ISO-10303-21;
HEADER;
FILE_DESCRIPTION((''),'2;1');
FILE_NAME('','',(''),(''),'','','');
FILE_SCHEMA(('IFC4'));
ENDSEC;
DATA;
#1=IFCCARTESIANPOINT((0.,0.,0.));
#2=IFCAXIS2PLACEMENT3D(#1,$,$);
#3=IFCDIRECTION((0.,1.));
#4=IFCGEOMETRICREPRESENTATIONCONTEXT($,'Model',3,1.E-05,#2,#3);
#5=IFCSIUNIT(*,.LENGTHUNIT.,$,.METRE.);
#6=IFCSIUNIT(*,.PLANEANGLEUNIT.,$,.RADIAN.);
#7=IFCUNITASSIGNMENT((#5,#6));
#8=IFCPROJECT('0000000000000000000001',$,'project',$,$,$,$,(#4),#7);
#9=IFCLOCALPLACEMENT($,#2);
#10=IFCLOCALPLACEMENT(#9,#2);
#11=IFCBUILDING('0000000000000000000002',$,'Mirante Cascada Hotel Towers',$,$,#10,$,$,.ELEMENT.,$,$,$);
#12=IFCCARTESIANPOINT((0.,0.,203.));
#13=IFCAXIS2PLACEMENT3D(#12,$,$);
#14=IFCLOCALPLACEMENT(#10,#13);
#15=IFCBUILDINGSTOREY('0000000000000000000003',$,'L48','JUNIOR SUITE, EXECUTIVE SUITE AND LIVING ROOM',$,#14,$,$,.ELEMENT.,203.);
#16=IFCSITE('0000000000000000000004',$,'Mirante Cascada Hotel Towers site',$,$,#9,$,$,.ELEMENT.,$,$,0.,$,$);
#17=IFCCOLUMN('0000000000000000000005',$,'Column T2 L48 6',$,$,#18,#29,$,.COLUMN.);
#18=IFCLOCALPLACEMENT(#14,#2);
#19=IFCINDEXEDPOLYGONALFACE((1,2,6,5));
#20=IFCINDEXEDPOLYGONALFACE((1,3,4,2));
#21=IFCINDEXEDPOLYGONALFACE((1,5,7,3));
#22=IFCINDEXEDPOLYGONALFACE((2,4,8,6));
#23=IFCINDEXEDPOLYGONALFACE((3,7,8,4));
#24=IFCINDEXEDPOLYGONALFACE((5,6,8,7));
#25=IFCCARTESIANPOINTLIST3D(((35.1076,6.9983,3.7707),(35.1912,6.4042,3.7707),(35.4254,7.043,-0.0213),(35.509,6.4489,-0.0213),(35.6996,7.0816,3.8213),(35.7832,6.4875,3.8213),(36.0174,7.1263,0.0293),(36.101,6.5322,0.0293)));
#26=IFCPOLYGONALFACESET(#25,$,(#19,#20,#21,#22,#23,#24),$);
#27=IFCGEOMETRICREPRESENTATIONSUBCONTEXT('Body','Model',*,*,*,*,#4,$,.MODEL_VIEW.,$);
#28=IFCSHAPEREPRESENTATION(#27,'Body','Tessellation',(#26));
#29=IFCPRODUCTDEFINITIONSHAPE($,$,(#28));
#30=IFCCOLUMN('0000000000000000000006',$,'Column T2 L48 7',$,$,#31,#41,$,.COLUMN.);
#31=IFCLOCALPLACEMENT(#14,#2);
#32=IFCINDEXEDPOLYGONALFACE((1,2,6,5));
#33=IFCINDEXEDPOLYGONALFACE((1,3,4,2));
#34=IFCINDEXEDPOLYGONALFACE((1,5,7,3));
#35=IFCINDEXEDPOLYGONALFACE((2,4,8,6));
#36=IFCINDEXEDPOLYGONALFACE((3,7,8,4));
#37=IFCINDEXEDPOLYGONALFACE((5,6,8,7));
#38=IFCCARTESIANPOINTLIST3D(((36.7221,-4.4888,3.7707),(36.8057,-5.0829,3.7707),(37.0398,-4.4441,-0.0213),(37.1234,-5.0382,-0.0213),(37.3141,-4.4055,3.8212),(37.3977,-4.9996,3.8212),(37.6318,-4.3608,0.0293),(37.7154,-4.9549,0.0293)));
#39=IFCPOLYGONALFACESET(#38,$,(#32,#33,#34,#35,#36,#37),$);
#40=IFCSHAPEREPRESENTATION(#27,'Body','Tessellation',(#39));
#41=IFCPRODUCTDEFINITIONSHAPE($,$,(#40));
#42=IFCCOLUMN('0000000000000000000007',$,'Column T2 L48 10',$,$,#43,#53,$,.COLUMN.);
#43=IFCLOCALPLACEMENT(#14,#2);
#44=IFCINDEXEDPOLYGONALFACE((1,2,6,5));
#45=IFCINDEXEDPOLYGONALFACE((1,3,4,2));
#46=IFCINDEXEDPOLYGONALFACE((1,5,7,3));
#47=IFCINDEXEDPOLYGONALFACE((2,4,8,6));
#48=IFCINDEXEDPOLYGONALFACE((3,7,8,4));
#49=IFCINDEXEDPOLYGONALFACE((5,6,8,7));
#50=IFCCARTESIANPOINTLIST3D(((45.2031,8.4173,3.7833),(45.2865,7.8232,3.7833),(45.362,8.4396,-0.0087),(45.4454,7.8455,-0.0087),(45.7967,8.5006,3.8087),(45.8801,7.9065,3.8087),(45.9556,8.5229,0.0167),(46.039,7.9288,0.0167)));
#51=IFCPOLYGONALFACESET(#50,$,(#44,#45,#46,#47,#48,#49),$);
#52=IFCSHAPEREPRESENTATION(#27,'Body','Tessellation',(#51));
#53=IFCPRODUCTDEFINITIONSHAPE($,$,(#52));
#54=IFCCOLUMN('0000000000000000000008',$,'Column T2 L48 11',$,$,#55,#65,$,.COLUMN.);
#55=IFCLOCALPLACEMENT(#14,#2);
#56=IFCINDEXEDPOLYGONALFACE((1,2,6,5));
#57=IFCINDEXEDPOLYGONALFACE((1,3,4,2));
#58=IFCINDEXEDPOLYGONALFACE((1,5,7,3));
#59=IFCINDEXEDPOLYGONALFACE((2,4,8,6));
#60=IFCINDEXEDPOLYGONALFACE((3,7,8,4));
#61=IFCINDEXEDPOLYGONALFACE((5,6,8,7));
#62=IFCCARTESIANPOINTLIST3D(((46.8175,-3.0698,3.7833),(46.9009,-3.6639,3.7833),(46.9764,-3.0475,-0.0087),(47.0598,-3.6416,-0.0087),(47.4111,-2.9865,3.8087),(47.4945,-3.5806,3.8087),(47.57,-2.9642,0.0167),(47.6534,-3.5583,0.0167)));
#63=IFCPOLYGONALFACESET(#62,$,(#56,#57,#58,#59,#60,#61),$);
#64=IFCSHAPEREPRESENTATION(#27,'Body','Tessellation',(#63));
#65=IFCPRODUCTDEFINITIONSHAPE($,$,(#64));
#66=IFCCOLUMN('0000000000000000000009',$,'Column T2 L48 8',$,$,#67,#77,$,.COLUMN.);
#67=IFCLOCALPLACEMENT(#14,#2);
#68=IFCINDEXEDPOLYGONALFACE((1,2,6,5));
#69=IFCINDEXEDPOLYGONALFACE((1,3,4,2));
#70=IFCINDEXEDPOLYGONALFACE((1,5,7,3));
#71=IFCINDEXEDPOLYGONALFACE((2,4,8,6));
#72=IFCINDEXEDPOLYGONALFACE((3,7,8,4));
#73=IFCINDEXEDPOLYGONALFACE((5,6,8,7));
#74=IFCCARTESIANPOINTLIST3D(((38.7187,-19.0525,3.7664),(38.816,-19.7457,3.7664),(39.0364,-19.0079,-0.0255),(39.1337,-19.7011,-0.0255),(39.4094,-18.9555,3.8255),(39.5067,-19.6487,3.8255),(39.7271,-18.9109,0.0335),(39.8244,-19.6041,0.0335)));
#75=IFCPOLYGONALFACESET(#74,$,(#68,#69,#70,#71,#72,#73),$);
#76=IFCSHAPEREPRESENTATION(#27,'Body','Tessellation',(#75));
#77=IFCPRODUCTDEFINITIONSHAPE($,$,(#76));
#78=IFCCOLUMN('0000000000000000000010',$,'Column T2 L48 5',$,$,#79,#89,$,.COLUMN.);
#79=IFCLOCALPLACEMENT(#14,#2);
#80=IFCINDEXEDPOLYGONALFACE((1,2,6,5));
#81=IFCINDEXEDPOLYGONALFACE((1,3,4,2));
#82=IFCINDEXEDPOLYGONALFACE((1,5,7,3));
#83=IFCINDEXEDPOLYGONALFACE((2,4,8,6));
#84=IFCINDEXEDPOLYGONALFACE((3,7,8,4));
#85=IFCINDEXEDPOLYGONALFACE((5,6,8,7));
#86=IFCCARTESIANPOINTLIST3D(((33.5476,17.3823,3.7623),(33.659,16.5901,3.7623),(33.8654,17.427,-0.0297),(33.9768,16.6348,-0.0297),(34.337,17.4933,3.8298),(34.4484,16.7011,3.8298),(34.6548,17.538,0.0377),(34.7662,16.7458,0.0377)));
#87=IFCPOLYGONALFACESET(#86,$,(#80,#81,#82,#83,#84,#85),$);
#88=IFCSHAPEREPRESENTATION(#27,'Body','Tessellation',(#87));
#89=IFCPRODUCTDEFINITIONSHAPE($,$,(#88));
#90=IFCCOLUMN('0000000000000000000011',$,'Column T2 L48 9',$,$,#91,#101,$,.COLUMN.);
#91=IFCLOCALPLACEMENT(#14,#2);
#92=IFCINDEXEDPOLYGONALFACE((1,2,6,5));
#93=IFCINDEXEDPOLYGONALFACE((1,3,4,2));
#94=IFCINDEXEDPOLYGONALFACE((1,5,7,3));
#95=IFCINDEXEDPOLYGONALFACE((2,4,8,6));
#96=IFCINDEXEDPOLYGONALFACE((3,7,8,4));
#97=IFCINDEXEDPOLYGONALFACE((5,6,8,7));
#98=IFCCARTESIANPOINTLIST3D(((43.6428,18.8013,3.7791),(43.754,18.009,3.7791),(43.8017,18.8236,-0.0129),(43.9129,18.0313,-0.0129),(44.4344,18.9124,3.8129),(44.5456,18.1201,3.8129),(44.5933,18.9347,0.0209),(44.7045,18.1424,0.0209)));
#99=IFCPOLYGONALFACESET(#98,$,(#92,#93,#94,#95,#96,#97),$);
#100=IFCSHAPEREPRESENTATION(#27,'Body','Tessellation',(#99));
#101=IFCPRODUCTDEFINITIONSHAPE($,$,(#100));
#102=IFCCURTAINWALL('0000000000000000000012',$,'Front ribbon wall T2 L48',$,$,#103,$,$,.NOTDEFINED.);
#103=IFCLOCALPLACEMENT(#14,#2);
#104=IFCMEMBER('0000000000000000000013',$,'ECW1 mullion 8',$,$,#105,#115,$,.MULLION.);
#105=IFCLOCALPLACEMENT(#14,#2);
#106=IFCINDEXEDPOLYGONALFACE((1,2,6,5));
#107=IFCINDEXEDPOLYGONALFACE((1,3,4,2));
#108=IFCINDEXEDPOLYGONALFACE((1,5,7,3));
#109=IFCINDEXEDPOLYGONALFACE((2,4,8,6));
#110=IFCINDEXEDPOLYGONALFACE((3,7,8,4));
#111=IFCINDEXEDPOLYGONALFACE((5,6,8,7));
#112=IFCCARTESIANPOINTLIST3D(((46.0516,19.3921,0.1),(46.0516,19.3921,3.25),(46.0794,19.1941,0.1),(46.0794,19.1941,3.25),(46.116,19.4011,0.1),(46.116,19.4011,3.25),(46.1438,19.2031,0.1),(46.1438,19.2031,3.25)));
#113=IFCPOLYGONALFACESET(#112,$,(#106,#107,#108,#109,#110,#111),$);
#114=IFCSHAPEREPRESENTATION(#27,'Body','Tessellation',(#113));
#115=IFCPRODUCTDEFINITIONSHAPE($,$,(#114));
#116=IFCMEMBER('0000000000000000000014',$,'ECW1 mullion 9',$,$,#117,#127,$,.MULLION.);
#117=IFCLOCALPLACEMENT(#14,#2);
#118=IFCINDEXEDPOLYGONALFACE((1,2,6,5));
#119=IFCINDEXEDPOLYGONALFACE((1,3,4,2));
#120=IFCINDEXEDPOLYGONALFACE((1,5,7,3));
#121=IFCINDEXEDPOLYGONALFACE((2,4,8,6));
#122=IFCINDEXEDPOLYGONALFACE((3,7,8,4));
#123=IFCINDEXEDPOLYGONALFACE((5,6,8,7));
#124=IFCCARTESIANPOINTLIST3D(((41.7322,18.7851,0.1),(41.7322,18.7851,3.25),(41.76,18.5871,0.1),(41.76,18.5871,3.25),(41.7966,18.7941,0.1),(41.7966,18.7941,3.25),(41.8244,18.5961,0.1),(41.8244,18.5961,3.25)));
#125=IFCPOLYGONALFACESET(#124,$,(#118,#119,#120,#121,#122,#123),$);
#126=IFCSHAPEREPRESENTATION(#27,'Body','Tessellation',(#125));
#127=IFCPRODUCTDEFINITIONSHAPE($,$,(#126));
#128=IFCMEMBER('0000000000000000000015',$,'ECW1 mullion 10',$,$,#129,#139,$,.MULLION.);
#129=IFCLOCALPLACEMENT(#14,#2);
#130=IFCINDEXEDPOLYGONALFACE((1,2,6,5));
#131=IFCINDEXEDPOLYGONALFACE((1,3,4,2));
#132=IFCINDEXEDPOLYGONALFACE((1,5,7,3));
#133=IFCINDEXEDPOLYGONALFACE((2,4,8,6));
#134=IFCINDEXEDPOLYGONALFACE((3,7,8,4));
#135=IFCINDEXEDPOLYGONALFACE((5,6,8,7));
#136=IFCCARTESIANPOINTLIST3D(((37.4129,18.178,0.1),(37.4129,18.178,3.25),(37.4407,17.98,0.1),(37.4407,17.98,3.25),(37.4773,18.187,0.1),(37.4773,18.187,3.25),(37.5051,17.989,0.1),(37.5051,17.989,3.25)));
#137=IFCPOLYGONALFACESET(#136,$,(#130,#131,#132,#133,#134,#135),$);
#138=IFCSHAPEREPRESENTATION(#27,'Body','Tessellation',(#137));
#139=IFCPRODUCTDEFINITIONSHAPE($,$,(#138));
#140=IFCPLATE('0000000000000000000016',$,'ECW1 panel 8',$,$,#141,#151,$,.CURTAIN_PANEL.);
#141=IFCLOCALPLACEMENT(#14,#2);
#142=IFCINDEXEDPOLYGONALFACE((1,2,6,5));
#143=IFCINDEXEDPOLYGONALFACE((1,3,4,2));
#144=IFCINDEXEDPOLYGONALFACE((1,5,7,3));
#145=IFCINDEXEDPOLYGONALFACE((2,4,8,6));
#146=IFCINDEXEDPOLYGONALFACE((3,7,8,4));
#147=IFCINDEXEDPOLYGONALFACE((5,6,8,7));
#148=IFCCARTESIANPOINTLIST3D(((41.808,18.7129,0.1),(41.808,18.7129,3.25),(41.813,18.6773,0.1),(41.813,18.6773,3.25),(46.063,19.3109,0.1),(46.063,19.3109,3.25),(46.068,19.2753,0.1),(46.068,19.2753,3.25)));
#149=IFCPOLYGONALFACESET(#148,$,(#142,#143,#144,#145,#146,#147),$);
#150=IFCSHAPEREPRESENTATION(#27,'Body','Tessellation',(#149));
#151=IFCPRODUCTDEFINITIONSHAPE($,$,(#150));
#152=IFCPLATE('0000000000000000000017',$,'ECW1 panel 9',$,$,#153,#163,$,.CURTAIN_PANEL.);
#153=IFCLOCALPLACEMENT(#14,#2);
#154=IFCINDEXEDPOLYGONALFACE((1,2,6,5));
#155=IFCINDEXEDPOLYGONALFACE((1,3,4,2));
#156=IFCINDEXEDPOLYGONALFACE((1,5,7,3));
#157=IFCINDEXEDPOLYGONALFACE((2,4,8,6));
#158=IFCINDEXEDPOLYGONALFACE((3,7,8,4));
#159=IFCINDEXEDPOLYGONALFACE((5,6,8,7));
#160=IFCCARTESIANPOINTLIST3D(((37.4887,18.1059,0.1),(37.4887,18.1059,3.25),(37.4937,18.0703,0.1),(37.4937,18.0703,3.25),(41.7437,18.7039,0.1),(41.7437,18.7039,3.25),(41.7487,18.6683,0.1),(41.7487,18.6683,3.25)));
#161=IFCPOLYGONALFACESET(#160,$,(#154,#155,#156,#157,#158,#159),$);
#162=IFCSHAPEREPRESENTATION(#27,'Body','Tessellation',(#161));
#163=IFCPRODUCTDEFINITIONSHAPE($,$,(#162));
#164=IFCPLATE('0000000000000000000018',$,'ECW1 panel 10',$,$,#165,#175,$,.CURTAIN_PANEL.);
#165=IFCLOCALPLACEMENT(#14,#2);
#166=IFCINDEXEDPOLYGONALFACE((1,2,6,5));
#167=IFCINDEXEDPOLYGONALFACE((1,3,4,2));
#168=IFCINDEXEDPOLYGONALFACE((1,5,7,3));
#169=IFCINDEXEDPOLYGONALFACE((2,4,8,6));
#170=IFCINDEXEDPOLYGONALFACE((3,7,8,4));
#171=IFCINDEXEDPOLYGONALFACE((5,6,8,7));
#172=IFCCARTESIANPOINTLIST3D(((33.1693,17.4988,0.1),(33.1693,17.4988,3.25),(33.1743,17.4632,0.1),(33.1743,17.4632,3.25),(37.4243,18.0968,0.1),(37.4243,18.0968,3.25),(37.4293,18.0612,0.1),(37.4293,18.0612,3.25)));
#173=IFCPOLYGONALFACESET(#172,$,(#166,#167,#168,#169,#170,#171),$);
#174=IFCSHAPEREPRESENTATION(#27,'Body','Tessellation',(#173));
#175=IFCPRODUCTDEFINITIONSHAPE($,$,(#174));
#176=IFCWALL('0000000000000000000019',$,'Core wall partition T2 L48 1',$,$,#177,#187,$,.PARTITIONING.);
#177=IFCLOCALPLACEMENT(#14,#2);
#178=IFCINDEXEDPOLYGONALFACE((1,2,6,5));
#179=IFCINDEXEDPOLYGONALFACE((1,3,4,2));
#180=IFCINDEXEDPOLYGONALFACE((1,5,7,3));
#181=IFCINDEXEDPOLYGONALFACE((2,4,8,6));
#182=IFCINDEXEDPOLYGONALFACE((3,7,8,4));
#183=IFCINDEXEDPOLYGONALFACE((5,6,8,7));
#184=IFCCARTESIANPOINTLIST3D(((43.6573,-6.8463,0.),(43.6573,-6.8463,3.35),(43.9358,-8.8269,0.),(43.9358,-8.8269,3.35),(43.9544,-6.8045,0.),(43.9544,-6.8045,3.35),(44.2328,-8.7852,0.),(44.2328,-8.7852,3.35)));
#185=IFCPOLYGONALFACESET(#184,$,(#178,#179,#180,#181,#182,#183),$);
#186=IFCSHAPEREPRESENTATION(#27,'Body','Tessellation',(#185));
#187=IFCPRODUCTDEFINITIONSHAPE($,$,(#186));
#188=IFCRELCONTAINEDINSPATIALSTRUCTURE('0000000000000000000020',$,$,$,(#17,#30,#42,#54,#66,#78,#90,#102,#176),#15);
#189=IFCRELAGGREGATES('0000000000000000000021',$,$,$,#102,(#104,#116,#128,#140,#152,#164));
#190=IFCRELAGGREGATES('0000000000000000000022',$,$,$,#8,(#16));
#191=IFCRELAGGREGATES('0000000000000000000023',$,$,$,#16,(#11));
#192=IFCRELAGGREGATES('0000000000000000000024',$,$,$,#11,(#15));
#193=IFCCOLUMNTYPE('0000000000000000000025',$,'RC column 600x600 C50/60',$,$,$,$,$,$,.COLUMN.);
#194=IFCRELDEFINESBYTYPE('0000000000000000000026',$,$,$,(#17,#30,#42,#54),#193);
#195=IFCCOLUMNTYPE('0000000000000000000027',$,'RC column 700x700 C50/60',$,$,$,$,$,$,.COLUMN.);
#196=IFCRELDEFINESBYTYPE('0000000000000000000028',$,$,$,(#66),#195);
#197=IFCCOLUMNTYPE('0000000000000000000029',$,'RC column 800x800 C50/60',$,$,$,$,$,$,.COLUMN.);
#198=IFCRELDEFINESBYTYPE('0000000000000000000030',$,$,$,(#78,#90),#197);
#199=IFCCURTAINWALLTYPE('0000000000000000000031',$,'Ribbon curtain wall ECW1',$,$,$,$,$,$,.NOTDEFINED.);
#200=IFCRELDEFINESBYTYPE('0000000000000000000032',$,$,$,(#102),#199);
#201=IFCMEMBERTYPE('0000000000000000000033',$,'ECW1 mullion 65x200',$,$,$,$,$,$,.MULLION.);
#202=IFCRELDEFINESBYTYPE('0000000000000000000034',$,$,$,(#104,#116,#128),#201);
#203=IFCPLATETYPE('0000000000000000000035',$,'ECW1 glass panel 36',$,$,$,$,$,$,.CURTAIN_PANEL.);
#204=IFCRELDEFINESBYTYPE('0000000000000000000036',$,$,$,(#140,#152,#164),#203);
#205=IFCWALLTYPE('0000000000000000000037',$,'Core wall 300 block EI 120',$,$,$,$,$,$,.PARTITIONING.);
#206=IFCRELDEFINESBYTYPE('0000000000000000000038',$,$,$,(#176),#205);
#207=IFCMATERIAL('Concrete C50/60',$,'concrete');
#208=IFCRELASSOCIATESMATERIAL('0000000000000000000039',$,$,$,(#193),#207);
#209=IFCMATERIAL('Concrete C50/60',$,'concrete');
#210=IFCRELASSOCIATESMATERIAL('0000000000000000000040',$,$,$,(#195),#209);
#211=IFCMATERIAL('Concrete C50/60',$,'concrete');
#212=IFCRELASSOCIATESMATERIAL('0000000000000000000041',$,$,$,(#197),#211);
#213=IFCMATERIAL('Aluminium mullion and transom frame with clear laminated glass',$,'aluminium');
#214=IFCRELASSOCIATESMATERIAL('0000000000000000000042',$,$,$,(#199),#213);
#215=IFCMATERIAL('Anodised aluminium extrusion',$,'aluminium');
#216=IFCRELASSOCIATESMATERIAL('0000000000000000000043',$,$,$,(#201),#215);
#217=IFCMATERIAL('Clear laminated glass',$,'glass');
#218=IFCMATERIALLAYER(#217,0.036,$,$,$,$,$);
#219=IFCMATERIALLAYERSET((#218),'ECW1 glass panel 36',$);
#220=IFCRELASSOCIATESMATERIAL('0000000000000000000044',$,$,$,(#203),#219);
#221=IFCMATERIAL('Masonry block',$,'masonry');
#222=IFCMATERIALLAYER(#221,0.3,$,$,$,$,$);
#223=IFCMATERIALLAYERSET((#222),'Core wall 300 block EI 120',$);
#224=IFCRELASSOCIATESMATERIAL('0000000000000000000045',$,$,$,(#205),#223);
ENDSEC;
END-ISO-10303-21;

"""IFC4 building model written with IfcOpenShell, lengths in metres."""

from ifc_helpers import new_model, si_unit, direction, frame, frame_2d, origin, origin_2d, place, context, subcontext, project, spatial, rectangle, extrude, material, layer, layer_set, material_profile, profile_set, type_object, element, aggregate, save


model = new_model("IFC4")

# Units and contexts
model_context = context("Model", 3, precision=1e-05, world=origin(), true_north=direction((0.0, 1.0)))
body_context = subcontext(model_context, "Body", "Model", "MODEL_VIEW")
ifc_project = project(units=[si_unit("LENGTHUNIT", "METRE"), si_unit("PLANEANGLEUNIT", "RADIAN")], contexts=[model_context])

# Site, building, storey
site_placement = place(None, origin())
site = spatial("IfcSite", under=ifc_project, at=site_placement, Name="Mirante Cascada Hotel Towers site", CompositionType="ELEMENT", RefElevation=0.0)
building_placement = place(site_placement, origin())
building = spatial("IfcBuilding", under=site, at=building_placement, Name="Mirante Cascada Hotel Towers", CompositionType="ELEMENT")
storey_placement = place(building_placement, frame((0.0, 0.0, 203.0)))
storey = spatial("IfcBuildingStorey", under=building, at=storey_placement, Name="L48", Description="JUNIOR SUITE, EXECUTIVE SUITE AND LIVING ROOM", CompositionType="ELEMENT", Elevation=203.0)

# Columns
ifc_material_1 = material(Name="Concrete C50/60", Category="concrete")
ifc_material_profile_1 = material_profile(ifc_material_1, rectangle(XDim=0.6, YDim=0.6, at=origin_2d()), Name="RC column 600x600 C50/60")
ifc_profile_set_1 = profile_set([ifc_material_profile_1], Name="Concrete C50/60")
column_type_1 = type_object("IfcColumnType", Name="RC column 600x600 C50/60", PredefinedType="COLUMN", material=ifc_profile_set_1)
column_1_placement = place(storey_placement, frame((35.7632, 6.7876, 0.004), z_axis=(-0.08351, -0.011746, 0.996438), x_axis=(0.139284, -0.990253, 0.0)))
element("IfcColumn", 1, at=column_1_placement, inside=storey, type_object=column_type_1, Name="Column T2 L48 6", PredefinedType="COLUMN", context=body_context, shape_type="SweptSolid", body=[
    extrude(rectangle(XDim=0.6, YDim=0.6, at=origin_2d()), origin(), (0.0, 0.0, 1.0), 3.8056),
])
column_2_placement = place(storey_placement, frame((37.3776, -4.6995, 0.004), z_axis=(-0.083483, -0.011746, 0.99644), x_axis=(0.139326, -0.990247, 0.0)))
element("IfcColumn", 2, at=column_2_placement, inside=storey, type_object=column_type_1, Name="Column T2 L48 7", PredefinedType="COLUMN", context=body_context, shape_type="SweptSolid", body=[
    extrude(rectangle(XDim=0.6, YDim=0.6, at=origin_2d()), origin(), (0.0, 0.0, 1.0), 3.8055),
])
for number, where, z_axis, x_axis, name in (
    (3, (45.7005, 8.1842, 0.004), (-0.041867, -0.005875, 0.999106), (0.138978, -0.990295, 0.0), "Column T2 L48 10"),
    (4, (47.3149, -3.3029, 0.004), (-0.041867, -0.005875, 0.999106), (0.138978, -0.990295, 0.0), "Column T2 L48 11"),
):
    element("IfcColumn", number, at=place(storey_placement, frame(where, z_axis=z_axis, x_axis=x_axis)), inside=storey, type_object=column_type_1, Name=name, PredefinedType="COLUMN", context=body_context, shape_type="SweptSolid", body=[
        extrude(rectangle(XDim=0.6, YDim=0.6, at=origin_2d()), origin(), (0.0, 0.0, 1.0), 3.7954),
    ])
ifc_material_2 = material(Name="Concrete C50/60", Category="concrete")
ifc_material_profile_2 = material_profile(ifc_material_2, rectangle(XDim=0.7, YDim=0.7, at=origin_2d()), Name="RC column 700x700 C50/60")
ifc_profile_set_2 = profile_set([ifc_material_profile_2], Name="Concrete C50/60")
column_type_2 = type_object("IfcColumnType", Name="RC column 700x700 C50/60", PredefinedType="COLUMN", material=ifc_profile_set_2)
column_3_placement = place(storey_placement, frame((39.4304, -19.306, 0.004), z_axis=(-0.083483, -0.01172, 0.99644), x_axis=(0.139021, -0.99029, 0.0)))
element("IfcColumn", 5, at=column_3_placement, inside=storey, type_object=column_type_2, Name="Column T2 L48 8", PredefinedType="COLUMN", context=body_context, shape_type="SweptSolid", body=[
    extrude(rectangle(XDim=0.7, YDim=0.7, at=origin_2d()), origin(), (0.0, 0.0, 1.0), 3.8055),
])
ifc_material_3 = material(Name="Concrete C50/60", Category="concrete")
ifc_material_profile_3 = material_profile(ifc_material_3, rectangle(XDim=0.8, YDim=0.8, at=origin_2d()), Name="RC column 800x800 C50/60")
ifc_profile_set_3 = profile_set([ifc_material_profile_3], Name="Concrete C50/60")
column_type_3 = type_object("IfcColumnType", Name="RC column 800x800 C50/60", PredefinedType="COLUMN", material=ifc_profile_set_3)
column_4_placement = place(storey_placement, frame((34.3158, 17.0864, 0.004), z_axis=(-0.08351, -0.011746, 0.996438), x_axis=(0.139284, -0.990253, 0.0)))
element("IfcColumn", 6, at=column_4_placement, inside=storey, type_object=column_type_3, Name="Column T2 L48 5", PredefinedType="COLUMN", context=body_context, shape_type="SweptSolid", body=[
    extrude(rectangle(XDim=0.8, YDim=0.8, at=origin_2d()), origin(), (0.0, 0.0, 1.0), 3.8056),
])
column_5_placement = place(storey_placement, frame((44.2531, 18.483, 0.004), z_axis=(-0.041867, -0.005875, 0.999106), x_axis=(0.138978, -0.990295, 0.0)))
element("IfcColumn", 7, at=column_5_placement, inside=storey, type_object=column_type_3, Name="Column T2 L48 9", PredefinedType="COLUMN", context=body_context, shape_type="SweptSolid", body=[
    extrude(rectangle(XDim=0.8, YDim=0.8, at=origin_2d()), origin(), (0.0, 0.0, 1.0), 3.7954),
])

# Curtain wall, members, plates
ifc_material_4 = material(Name="Aluminium mullion and transom frame with clear laminated glass", Category="aluminium")
curtain_wall_type = type_object("IfcCurtainWallType", Name="Ribbon curtain wall ECW1", PredefinedType="NOTDEFINED", material=ifc_material_4)
curtain_wall_placement = place(storey_placement, origin())
curtain_wall = element("IfcCurtainWall", 8, at=curtain_wall_placement, inside=storey, type_object=curtain_wall_type, Name="Front ribbon wall T2 L48", PredefinedType="NOTDEFINED")
ifc_material_5 = material(Name="Anodised aluminium extrusion", Category="aluminium")
ifc_material_profile_4 = material_profile(ifc_material_5, rectangle(XDim=0.2, YDim=0.065, at=origin_2d()), Name="ECW1 MULLION 65x200")
ifc_profile_set_4 = profile_set([ifc_material_profile_4], Name="Anodised aluminium extrusion")
member_type = type_object("IfcMemberType", Name="ECW1 mullion 65x200", PredefinedType="MULLION", material=ifc_profile_set_4)
member_1_placement = place(storey_placement, frame((46.0977, 19.2976, 0.1), z_axis=(0.0, 0.0, 1.0), x_axis=(0.139173, -0.990268, 0.0)))
member_1 = element("IfcMember", 9, at=member_1_placement, type_object=member_type, Name="ECW1 mullion 8", PredefinedType="MULLION", context=body_context, shape_type="SweptSolid", body=[
    extrude(rectangle(XDim=0.2, YDim=0.065, at=origin_2d()), origin(), (0.0, 0.0, 1.0), 3.15),
])
member_2_placement = place(storey_placement, frame((41.7783, 18.6906, 0.1), z_axis=(0.0, 0.0, 1.0), x_axis=(0.139173, -0.990268, 0.0)))
member_2 = element("IfcMember", 10, at=member_2_placement, type_object=member_type, Name="ECW1 mullion 9", PredefinedType="MULLION", context=body_context, shape_type="SweptSolid", body=[
    extrude(rectangle(XDim=0.2, YDim=0.065, at=origin_2d()), origin(), (0.0, 0.0, 1.0), 3.15),
])
member_3_placement = place(storey_placement, frame((37.459, 18.0835, 0.1), z_axis=(0.0, 0.0, 1.0), x_axis=(0.139173, -0.990268, 0.0)))
member_3 = element("IfcMember", 11, at=member_3_placement, type_object=member_type, Name="ECW1 mullion 10", PredefinedType="MULLION", context=body_context, shape_type="SweptSolid", body=[
    extrude(rectangle(XDim=0.2, YDim=0.065, at=origin_2d()), origin(), (0.0, 0.0, 1.0), 3.15),
])
ifc_material_6 = material(Name="Clear laminated glass", Category="glass")
ifc_layer_1 = layer(ifc_material_6, 0.036)
ifc_layer_set_1 = layer_set([ifc_layer_1], Name="ECW1 glass panel 36")
plate_type = type_object("IfcPlateType", Name="ECW1 glass panel 36", PredefinedType="CURTAIN_PANEL", material=ifc_layer_set_1)
plate_1_placement = place(storey_placement, frame((43.938, 18.9941, 0.1), z_axis=(0.0, 0.0, 1.0), x_axis=(-0.990268, -0.139173, 0.0)))
plate_1 = element("IfcPlate", 12, at=plate_1_placement, type_object=plate_type, Name="ECW1 panel 8", PredefinedType="CURTAIN_PANEL", context=body_context, shape_type="SweptSolid", body=[
    extrude(rectangle(XDim=4.2968, YDim=0.036, at=origin_2d()), origin(), (0.0, 0.0, 1.0), 3.15),
])
plate_2_placement = place(storey_placement, frame((39.6187, 18.3871, 0.1), z_axis=(0.0, 0.0, 1.0), x_axis=(-0.990268, -0.139173, 0.0)))
plate_2 = element("IfcPlate", 13, at=plate_2_placement, type_object=plate_type, Name="ECW1 panel 9", PredefinedType="CURTAIN_PANEL", context=body_context, shape_type="SweptSolid", body=[
    extrude(rectangle(XDim=4.2968, YDim=0.036, at=origin_2d()), origin(), (0.0, 0.0, 1.0), 3.15),
])
plate_3_placement = place(storey_placement, frame((35.2993, 17.78, 0.1), z_axis=(0.0, 0.0, 1.0), x_axis=(-0.990268, -0.139173, 0.0)))
plate_3 = element("IfcPlate", 14, at=plate_3_placement, type_object=plate_type, Name="ECW1 panel 10", PredefinedType="CURTAIN_PANEL", context=body_context, shape_type="SweptSolid", body=[
    extrude(rectangle(XDim=4.2968, YDim=0.036, at=origin_2d()), origin(), (0.0, 0.0, 1.0), 3.15),
])
aggregate(curtain_wall, [member_1, member_2, member_3, plate_1, plate_2, plate_3])

# Wall
ifc_material_7 = material(Name="Masonry block", Category="masonry")
ifc_layer_2 = layer(ifc_material_7, 0.3)
ifc_layer_set_2 = layer_set([ifc_layer_2], Name="Core wall 300 block EI 120")
wall_type_1 = type_object("IfcWallType", Name="Core wall 300 block EI 120", PredefinedType="PARTITIONING", material=ifc_layer_set_2)
wall_1_placement = place(storey_placement, frame((44.0843, -8.8061, 0.0), z_axis=(0.0, 0.0, 1.0), x_axis=(-0.139195, 0.990265, 0.0)))
element("IfcWall", 15, at=wall_1_placement, inside=storey, type_object=wall_type_1, Name="Core wall partition T2 L48 1", PredefinedType="PARTITIONING", context=body_context, shape_type="SweptSolid", body=[
    extrude(rectangle(XDim=2.0001, YDim=0.3, at=frame_2d((1.0001, 0.0))), origin(), (0.0, 0.0, 1.0), 3.35),
])

save(model, "model.ifc")
